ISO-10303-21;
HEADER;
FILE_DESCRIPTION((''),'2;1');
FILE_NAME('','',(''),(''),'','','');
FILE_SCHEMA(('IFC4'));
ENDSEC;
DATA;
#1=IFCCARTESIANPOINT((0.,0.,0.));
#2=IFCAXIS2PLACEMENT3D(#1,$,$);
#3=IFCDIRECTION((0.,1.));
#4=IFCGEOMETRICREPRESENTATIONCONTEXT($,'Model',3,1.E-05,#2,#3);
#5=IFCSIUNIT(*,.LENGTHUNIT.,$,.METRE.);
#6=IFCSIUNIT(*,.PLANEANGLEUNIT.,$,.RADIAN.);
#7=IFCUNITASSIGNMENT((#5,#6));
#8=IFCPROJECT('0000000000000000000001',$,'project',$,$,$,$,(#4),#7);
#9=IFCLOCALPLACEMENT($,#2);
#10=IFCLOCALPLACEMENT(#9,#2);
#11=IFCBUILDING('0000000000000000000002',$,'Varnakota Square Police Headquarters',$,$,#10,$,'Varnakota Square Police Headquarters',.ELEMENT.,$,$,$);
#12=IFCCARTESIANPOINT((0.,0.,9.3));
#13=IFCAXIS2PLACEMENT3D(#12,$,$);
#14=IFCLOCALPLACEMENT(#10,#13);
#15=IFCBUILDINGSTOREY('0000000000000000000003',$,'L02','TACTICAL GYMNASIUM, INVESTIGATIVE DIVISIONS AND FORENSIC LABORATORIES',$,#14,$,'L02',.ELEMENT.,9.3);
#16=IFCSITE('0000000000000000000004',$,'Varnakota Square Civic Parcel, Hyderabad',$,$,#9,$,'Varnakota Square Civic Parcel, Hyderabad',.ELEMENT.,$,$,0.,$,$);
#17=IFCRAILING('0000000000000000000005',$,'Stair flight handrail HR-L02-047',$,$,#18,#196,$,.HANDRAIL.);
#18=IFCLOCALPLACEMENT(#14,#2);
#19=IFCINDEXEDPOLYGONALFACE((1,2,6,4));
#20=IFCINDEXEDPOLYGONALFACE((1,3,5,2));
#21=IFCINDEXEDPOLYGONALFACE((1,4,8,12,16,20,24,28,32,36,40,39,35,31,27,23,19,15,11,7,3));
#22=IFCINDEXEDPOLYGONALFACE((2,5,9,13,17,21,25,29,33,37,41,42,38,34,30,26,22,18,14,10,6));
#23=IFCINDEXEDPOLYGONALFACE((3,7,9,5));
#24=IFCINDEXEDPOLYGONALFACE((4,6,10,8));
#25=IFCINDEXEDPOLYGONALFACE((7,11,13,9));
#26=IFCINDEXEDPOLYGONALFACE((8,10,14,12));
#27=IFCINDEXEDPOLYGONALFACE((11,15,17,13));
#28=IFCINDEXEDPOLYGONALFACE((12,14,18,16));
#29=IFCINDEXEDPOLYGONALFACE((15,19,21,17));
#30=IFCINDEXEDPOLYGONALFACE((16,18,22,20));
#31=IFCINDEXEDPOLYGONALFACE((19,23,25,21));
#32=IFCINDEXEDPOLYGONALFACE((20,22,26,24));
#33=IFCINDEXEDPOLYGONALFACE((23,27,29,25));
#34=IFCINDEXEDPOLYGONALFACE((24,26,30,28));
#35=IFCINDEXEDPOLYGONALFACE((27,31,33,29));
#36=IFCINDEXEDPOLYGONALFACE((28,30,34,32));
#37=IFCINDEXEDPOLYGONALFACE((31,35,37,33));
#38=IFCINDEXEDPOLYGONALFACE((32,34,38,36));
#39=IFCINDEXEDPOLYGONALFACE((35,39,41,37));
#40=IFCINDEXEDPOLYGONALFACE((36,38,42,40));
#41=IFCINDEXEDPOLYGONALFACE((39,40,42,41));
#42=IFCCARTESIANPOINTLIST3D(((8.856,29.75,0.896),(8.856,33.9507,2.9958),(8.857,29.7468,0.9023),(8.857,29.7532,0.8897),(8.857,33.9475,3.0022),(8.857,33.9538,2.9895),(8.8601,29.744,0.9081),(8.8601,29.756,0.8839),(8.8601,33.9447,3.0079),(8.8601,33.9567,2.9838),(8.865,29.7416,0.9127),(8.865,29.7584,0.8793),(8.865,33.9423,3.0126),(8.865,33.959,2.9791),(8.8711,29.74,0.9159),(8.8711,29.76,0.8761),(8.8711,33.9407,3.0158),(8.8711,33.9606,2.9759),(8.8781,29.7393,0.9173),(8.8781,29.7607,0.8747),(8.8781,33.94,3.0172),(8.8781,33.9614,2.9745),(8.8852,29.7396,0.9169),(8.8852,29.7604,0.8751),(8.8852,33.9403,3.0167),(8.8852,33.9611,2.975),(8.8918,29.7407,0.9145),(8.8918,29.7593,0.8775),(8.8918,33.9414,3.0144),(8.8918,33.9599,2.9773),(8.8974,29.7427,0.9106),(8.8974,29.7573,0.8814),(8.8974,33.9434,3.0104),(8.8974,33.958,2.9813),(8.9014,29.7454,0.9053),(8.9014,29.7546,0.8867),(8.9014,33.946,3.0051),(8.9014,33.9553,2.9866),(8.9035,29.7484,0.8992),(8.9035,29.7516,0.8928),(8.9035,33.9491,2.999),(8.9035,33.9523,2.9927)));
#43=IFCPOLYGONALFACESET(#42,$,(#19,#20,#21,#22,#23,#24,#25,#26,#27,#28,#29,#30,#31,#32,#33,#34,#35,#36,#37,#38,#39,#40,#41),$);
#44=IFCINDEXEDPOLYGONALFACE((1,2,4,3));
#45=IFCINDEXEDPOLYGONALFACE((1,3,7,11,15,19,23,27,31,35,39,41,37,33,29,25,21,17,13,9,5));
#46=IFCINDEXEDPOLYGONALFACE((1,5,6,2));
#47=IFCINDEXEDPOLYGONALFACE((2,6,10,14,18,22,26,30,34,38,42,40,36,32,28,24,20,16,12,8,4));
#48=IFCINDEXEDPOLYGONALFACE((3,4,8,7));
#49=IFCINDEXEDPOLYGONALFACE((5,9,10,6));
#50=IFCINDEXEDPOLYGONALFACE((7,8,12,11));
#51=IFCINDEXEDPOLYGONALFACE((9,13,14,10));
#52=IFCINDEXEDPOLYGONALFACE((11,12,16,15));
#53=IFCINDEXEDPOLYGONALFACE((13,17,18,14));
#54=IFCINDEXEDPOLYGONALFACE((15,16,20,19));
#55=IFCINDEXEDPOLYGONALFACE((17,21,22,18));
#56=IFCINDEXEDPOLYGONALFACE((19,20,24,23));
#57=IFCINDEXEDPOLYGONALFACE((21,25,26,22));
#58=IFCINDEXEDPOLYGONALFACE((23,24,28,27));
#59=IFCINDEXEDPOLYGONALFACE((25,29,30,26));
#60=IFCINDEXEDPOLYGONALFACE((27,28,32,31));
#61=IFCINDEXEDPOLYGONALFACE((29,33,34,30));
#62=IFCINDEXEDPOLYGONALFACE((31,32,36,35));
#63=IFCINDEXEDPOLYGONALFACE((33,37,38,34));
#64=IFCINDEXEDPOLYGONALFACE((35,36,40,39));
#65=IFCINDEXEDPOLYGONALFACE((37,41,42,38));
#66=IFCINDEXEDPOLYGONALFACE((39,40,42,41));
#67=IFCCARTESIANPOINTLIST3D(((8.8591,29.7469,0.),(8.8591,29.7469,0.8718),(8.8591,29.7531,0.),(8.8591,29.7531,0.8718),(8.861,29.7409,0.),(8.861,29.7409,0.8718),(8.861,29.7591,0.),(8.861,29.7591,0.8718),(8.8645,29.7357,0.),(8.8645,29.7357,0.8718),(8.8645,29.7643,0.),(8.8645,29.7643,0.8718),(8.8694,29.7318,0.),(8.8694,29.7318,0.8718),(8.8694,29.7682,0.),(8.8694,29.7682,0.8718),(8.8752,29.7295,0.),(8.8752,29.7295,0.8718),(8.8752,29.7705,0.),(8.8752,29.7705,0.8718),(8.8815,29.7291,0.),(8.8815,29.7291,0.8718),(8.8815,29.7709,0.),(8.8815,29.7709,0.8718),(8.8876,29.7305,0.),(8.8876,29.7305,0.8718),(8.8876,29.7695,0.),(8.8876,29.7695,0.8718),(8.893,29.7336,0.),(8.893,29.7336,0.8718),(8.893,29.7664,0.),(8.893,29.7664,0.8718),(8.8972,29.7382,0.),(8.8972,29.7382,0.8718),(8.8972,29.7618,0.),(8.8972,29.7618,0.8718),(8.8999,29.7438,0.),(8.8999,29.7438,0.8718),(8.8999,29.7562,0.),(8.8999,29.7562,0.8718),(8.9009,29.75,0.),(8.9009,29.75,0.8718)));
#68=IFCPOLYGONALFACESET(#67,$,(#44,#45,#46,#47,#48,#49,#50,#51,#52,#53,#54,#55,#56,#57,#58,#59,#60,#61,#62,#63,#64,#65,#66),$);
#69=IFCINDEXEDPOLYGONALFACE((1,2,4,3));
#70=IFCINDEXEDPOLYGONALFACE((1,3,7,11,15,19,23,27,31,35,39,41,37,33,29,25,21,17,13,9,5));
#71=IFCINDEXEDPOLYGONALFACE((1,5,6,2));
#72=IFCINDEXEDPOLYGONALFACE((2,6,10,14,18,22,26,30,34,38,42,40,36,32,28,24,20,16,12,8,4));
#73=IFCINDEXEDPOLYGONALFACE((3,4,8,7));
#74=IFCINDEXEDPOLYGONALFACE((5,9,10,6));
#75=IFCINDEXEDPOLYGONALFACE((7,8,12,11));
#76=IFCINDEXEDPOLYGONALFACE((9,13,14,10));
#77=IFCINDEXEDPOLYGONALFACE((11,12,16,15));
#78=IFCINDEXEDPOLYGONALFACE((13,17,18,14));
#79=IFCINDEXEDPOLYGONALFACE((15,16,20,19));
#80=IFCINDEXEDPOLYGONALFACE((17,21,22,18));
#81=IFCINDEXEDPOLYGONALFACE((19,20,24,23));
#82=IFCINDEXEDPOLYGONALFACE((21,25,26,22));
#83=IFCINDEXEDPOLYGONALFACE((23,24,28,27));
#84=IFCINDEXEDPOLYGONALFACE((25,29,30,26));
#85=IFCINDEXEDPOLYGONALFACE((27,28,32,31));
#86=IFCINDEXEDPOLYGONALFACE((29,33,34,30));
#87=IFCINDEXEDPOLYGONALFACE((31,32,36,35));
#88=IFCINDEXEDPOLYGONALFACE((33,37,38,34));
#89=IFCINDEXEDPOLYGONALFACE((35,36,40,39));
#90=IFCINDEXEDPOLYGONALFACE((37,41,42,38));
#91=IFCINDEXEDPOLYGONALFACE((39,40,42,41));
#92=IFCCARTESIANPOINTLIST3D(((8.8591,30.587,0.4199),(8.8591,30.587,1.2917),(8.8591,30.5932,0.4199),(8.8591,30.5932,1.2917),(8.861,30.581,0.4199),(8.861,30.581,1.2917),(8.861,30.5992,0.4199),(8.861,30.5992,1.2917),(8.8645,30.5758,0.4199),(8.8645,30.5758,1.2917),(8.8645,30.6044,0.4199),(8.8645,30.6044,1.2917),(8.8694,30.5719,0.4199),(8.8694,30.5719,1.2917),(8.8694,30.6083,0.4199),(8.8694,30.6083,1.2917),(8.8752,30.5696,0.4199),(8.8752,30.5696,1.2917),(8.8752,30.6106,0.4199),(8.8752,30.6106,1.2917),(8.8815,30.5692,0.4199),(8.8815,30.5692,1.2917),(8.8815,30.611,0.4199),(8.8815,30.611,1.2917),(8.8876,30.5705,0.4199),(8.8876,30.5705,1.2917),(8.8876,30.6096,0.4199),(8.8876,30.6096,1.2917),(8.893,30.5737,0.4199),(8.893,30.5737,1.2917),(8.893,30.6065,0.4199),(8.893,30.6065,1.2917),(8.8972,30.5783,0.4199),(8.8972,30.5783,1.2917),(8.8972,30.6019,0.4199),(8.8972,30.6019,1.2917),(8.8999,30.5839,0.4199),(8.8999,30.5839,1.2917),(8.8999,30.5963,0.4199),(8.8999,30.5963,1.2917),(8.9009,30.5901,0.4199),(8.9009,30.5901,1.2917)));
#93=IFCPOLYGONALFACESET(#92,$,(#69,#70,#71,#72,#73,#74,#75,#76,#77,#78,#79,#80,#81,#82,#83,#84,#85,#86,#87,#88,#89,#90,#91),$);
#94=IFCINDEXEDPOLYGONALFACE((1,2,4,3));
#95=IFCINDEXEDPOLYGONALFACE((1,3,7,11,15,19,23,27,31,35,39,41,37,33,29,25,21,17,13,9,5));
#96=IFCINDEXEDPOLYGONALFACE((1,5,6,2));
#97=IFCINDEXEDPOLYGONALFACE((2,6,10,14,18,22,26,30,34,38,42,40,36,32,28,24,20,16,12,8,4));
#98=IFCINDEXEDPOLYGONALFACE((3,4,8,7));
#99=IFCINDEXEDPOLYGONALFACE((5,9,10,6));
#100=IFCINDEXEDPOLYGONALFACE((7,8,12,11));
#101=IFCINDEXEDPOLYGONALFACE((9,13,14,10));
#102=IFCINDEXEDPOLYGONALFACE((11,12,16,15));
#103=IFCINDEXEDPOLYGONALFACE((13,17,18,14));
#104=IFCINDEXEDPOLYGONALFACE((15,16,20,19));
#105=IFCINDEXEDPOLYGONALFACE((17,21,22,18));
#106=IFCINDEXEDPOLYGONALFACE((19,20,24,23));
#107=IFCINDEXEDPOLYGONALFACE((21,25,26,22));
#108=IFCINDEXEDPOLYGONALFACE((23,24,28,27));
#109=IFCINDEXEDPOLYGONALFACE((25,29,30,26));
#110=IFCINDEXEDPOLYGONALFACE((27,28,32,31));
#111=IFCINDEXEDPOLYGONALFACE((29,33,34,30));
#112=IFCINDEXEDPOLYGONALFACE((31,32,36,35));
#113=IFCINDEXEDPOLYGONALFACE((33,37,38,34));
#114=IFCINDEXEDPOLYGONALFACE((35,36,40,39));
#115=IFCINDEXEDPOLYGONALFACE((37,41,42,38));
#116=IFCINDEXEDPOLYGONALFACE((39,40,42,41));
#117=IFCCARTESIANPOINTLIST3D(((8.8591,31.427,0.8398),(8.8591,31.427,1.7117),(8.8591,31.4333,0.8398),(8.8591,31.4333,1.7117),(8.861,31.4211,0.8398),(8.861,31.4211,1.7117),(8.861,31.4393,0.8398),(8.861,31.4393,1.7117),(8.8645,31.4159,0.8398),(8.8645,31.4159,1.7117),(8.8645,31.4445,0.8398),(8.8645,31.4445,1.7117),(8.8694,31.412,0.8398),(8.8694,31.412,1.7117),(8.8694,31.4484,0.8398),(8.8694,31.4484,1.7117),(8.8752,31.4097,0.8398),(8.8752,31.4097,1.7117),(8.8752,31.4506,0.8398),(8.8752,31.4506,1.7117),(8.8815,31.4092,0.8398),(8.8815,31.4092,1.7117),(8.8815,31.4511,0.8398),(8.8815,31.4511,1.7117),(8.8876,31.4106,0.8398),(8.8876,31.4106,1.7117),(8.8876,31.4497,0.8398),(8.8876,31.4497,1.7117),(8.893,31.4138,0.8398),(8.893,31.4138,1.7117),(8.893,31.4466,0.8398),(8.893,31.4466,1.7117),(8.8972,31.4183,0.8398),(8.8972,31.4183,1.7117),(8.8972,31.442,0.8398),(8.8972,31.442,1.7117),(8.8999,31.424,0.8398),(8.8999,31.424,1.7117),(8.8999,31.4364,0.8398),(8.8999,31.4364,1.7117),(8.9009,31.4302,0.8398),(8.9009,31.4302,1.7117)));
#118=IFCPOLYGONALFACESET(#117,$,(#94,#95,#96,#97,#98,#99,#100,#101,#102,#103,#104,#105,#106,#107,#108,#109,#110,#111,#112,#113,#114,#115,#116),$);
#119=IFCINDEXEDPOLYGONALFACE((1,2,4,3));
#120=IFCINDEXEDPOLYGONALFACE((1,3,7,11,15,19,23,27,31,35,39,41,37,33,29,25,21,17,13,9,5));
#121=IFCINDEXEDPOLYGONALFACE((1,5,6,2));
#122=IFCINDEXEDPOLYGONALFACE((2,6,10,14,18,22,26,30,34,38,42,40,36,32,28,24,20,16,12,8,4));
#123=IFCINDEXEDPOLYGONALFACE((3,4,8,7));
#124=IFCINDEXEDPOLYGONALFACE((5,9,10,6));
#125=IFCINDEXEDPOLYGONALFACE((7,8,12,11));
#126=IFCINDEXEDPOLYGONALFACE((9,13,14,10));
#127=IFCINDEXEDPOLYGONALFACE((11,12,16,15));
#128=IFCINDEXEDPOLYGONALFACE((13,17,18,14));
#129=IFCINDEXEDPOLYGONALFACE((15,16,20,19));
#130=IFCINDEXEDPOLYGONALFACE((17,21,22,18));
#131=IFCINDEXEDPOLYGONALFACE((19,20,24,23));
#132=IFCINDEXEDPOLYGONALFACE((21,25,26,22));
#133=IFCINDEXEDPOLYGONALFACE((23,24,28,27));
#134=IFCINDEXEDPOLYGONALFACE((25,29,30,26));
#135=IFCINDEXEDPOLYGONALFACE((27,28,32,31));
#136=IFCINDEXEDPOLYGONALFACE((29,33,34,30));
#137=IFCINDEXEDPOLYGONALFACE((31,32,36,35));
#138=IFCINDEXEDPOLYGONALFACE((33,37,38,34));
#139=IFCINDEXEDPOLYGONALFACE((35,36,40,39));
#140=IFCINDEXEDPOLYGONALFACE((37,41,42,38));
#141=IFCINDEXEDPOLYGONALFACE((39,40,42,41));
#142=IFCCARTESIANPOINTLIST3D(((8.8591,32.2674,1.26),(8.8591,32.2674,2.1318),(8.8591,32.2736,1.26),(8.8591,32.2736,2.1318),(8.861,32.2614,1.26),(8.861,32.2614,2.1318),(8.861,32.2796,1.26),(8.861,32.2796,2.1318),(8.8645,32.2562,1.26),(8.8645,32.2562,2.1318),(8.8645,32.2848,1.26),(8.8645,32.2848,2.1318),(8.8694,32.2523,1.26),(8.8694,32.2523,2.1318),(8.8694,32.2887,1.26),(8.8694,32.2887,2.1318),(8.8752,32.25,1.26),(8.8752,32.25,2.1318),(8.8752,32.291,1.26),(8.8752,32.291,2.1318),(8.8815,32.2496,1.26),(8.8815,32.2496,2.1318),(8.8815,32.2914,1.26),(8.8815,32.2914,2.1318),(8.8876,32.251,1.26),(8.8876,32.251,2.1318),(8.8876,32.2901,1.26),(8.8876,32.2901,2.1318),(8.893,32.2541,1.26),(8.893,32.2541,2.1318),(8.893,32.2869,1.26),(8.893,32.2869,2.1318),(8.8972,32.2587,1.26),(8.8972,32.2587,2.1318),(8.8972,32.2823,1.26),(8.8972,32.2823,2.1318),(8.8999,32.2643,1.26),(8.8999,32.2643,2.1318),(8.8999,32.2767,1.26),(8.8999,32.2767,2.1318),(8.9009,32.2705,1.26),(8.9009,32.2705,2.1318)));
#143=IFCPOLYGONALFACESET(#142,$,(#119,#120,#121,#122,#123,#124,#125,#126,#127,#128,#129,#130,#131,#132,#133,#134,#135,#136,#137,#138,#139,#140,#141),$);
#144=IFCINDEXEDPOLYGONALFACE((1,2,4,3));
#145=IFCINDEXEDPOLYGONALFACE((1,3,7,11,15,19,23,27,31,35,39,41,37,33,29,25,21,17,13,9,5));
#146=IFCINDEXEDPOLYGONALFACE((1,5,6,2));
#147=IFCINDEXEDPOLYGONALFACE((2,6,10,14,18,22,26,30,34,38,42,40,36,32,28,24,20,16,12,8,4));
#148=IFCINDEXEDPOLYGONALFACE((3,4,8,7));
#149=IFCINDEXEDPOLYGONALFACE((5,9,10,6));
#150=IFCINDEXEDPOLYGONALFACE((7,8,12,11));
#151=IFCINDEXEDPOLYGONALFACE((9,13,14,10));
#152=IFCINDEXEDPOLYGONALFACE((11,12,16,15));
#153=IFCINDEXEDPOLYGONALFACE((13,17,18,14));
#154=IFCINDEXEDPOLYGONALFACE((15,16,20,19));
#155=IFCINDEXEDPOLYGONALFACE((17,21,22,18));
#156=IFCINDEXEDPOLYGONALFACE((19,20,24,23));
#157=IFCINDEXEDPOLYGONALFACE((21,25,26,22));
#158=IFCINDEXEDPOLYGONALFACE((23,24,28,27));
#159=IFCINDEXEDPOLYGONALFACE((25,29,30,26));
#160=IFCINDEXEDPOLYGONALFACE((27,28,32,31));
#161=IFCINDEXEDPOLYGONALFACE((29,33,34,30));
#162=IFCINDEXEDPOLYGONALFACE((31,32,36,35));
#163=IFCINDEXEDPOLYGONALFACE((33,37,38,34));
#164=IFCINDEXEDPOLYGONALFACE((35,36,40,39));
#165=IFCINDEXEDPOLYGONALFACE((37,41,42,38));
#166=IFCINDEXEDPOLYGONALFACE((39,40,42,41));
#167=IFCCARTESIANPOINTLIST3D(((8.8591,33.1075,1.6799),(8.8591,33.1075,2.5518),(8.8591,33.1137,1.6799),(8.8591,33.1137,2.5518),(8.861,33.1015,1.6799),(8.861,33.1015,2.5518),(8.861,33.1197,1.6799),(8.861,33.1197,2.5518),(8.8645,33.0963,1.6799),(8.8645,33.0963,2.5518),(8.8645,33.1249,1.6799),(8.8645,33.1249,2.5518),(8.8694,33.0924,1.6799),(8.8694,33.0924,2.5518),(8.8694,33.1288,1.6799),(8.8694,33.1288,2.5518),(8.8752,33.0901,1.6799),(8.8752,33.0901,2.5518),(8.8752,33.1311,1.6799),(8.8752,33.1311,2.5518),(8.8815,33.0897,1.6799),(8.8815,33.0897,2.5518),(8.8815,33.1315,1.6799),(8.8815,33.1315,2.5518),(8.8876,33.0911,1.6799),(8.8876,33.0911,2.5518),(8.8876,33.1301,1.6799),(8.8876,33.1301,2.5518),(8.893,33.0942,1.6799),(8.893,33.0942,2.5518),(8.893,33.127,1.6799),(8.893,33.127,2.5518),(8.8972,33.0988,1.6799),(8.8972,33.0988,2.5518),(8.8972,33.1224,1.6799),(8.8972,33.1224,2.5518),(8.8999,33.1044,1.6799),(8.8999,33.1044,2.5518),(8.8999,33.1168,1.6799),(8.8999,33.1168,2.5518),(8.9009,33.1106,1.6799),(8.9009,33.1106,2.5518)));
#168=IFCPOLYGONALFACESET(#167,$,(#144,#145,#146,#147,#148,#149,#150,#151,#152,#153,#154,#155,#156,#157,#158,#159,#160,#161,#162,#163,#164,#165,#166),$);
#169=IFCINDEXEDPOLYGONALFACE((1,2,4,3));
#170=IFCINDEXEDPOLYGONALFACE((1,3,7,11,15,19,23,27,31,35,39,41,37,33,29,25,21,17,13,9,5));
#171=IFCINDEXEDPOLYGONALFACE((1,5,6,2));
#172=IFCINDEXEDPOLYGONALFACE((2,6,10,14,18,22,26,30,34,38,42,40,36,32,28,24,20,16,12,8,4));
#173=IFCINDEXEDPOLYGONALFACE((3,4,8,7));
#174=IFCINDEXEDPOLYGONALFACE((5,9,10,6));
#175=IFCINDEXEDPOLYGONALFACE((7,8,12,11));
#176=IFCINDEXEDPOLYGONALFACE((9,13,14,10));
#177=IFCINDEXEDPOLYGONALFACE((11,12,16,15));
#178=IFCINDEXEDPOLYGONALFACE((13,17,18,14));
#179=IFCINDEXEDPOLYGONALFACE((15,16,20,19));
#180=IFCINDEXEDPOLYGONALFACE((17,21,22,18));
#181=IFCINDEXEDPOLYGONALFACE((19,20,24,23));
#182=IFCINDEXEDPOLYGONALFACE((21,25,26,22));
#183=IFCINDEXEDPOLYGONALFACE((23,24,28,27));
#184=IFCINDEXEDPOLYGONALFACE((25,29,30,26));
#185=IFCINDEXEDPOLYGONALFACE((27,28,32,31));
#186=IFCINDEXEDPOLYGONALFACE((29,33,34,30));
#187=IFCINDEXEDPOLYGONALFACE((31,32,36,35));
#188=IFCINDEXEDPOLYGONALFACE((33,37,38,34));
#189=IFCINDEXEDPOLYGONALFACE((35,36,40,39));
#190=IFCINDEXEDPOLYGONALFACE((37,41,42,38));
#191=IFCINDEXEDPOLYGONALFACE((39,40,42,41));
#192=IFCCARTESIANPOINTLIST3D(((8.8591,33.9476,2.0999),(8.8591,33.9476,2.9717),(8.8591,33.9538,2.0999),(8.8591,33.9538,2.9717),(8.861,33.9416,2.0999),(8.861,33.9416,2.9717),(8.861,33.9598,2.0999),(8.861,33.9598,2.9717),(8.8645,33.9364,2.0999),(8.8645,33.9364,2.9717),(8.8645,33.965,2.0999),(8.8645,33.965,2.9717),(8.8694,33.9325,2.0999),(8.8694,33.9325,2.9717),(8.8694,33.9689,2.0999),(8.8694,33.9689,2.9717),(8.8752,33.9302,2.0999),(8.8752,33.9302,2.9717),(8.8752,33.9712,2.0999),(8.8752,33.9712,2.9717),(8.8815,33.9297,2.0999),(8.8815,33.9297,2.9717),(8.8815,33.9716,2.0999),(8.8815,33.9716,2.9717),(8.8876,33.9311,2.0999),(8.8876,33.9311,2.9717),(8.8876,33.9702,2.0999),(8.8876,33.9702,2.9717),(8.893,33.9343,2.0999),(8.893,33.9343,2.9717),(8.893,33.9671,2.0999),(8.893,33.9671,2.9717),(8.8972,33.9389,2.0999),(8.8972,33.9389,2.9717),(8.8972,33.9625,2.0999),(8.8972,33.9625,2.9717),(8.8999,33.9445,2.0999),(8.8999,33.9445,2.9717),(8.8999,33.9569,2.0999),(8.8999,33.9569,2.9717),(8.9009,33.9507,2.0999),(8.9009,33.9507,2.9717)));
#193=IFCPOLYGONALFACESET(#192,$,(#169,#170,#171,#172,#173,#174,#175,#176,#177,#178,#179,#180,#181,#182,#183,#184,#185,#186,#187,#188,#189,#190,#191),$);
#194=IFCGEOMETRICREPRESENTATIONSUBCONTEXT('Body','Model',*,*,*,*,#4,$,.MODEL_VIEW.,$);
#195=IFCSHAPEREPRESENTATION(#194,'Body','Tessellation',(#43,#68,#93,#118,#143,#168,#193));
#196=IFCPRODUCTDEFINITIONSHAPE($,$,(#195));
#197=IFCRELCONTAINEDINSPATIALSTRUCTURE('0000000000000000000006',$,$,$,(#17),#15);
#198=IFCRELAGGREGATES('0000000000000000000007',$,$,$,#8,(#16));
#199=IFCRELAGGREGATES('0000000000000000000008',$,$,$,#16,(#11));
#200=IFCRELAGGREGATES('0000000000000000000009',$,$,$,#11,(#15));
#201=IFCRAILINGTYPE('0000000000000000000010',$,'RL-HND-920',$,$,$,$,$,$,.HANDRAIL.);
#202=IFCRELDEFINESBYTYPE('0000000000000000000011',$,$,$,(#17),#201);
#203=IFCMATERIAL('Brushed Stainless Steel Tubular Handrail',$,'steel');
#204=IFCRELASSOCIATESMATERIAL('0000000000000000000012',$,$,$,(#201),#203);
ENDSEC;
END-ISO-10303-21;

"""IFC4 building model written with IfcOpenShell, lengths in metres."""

from ifc_helpers import new_model, si_unit, direction, frame, origin, origin_2d, place, context, subcontext, project, spatial, circle, extrude, material, type_object, element, save


model = new_model("IFC4")

# Units and contexts
model_context = context("Model", 3, precision=1e-05, world=origin(), true_north=direction((0.0, 1.0)))
body_context = subcontext(model_context, "Body", "Model", "MODEL_VIEW")
ifc_project = project(units=[si_unit("LENGTHUNIT", "METRE"), si_unit("PLANEANGLEUNIT", "RADIAN")], contexts=[model_context])

# Site, building, storey
site_placement = place(None, origin())
site = spatial("IfcSite", under=ifc_project, at=site_placement, Name="Varnakota Square Civic Parcel, Hyderabad", LongName="Varnakota Square Civic Parcel, Hyderabad", CompositionType="ELEMENT", RefElevation=0.0)
building_placement = place(site_placement, origin())
building = spatial("IfcBuilding", under=site, at=building_placement, Name="Varnakota Square Police Headquarters", LongName="Varnakota Square Police Headquarters", CompositionType="ELEMENT")
storey_placement = place(building_placement, frame((0.0, 0.0, 9.3)))
storey = spatial("IfcBuildingStorey", under=building, at=storey_placement, Name="L02", Description="TACTICAL GYMNASIUM, INVESTIGATIVE DIVISIONS AND FORENSIC LABORATORIES", LongName="L02", CompositionType="ELEMENT", Elevation=9.3)

# Railing
ifc_material_1 = material(Name="Brushed Stainless Steel Tubular Handrail", Category="steel")
railing_type = type_object("IfcRailingType", Name="RL-HND-920", PredefinedType="HANDRAIL", material=ifc_material_1)
railing_1_placement = place(storey_placement, frame((8.8799, 29.75, 0.0)))
element("IfcRailing", 1, at=railing_1_placement, inside=storey, type_object=railing_type, Name="Stair flight handrail HR-L02-047", PredefinedType="HANDRAIL", context=body_context, shape_type="SweptSolid", body=[
    extrude(circle(Radius=0.0239, at=origin_2d()), frame((0.0, 0.0, 0.896), z_axis=(0.0, 0.894469, 0.44713), x_axis=(-1.0, 0.0, 0.0)), (0.0, 0.0, 1.0), 4.6963),
    extrude(circle(Radius=0.021, at=origin_2d()), origin(), (0.0, 0.0, 1.0), 0.8718),
    extrude(circle(Radius=0.021, at=origin_2d()), frame((0.0, 0.8401, 0.4199)), (0.0, 0.0, 1.0), 0.8718),
    extrude(circle(Radius=0.021, at=origin_2d()), frame((0.0, 1.6802, 0.8398)), (0.0, 0.0, 1.0), 0.8718),
    extrude(circle(Radius=0.021, at=origin_2d()), frame((0.0, 2.5205, 1.26)), (0.0, 0.0, 1.0), 0.8718),
    extrude(circle(Radius=0.021, at=origin_2d()), frame((0.0, 3.3606, 1.6799)), (0.0, 0.0, 1.0), 0.8718),
    extrude(circle(Radius=0.021, at=origin_2d()), frame((0.0, 4.2007, 2.0999)), (0.0, 0.0, 1.0), 0.8718),
])

save(model, "model.ifc")
